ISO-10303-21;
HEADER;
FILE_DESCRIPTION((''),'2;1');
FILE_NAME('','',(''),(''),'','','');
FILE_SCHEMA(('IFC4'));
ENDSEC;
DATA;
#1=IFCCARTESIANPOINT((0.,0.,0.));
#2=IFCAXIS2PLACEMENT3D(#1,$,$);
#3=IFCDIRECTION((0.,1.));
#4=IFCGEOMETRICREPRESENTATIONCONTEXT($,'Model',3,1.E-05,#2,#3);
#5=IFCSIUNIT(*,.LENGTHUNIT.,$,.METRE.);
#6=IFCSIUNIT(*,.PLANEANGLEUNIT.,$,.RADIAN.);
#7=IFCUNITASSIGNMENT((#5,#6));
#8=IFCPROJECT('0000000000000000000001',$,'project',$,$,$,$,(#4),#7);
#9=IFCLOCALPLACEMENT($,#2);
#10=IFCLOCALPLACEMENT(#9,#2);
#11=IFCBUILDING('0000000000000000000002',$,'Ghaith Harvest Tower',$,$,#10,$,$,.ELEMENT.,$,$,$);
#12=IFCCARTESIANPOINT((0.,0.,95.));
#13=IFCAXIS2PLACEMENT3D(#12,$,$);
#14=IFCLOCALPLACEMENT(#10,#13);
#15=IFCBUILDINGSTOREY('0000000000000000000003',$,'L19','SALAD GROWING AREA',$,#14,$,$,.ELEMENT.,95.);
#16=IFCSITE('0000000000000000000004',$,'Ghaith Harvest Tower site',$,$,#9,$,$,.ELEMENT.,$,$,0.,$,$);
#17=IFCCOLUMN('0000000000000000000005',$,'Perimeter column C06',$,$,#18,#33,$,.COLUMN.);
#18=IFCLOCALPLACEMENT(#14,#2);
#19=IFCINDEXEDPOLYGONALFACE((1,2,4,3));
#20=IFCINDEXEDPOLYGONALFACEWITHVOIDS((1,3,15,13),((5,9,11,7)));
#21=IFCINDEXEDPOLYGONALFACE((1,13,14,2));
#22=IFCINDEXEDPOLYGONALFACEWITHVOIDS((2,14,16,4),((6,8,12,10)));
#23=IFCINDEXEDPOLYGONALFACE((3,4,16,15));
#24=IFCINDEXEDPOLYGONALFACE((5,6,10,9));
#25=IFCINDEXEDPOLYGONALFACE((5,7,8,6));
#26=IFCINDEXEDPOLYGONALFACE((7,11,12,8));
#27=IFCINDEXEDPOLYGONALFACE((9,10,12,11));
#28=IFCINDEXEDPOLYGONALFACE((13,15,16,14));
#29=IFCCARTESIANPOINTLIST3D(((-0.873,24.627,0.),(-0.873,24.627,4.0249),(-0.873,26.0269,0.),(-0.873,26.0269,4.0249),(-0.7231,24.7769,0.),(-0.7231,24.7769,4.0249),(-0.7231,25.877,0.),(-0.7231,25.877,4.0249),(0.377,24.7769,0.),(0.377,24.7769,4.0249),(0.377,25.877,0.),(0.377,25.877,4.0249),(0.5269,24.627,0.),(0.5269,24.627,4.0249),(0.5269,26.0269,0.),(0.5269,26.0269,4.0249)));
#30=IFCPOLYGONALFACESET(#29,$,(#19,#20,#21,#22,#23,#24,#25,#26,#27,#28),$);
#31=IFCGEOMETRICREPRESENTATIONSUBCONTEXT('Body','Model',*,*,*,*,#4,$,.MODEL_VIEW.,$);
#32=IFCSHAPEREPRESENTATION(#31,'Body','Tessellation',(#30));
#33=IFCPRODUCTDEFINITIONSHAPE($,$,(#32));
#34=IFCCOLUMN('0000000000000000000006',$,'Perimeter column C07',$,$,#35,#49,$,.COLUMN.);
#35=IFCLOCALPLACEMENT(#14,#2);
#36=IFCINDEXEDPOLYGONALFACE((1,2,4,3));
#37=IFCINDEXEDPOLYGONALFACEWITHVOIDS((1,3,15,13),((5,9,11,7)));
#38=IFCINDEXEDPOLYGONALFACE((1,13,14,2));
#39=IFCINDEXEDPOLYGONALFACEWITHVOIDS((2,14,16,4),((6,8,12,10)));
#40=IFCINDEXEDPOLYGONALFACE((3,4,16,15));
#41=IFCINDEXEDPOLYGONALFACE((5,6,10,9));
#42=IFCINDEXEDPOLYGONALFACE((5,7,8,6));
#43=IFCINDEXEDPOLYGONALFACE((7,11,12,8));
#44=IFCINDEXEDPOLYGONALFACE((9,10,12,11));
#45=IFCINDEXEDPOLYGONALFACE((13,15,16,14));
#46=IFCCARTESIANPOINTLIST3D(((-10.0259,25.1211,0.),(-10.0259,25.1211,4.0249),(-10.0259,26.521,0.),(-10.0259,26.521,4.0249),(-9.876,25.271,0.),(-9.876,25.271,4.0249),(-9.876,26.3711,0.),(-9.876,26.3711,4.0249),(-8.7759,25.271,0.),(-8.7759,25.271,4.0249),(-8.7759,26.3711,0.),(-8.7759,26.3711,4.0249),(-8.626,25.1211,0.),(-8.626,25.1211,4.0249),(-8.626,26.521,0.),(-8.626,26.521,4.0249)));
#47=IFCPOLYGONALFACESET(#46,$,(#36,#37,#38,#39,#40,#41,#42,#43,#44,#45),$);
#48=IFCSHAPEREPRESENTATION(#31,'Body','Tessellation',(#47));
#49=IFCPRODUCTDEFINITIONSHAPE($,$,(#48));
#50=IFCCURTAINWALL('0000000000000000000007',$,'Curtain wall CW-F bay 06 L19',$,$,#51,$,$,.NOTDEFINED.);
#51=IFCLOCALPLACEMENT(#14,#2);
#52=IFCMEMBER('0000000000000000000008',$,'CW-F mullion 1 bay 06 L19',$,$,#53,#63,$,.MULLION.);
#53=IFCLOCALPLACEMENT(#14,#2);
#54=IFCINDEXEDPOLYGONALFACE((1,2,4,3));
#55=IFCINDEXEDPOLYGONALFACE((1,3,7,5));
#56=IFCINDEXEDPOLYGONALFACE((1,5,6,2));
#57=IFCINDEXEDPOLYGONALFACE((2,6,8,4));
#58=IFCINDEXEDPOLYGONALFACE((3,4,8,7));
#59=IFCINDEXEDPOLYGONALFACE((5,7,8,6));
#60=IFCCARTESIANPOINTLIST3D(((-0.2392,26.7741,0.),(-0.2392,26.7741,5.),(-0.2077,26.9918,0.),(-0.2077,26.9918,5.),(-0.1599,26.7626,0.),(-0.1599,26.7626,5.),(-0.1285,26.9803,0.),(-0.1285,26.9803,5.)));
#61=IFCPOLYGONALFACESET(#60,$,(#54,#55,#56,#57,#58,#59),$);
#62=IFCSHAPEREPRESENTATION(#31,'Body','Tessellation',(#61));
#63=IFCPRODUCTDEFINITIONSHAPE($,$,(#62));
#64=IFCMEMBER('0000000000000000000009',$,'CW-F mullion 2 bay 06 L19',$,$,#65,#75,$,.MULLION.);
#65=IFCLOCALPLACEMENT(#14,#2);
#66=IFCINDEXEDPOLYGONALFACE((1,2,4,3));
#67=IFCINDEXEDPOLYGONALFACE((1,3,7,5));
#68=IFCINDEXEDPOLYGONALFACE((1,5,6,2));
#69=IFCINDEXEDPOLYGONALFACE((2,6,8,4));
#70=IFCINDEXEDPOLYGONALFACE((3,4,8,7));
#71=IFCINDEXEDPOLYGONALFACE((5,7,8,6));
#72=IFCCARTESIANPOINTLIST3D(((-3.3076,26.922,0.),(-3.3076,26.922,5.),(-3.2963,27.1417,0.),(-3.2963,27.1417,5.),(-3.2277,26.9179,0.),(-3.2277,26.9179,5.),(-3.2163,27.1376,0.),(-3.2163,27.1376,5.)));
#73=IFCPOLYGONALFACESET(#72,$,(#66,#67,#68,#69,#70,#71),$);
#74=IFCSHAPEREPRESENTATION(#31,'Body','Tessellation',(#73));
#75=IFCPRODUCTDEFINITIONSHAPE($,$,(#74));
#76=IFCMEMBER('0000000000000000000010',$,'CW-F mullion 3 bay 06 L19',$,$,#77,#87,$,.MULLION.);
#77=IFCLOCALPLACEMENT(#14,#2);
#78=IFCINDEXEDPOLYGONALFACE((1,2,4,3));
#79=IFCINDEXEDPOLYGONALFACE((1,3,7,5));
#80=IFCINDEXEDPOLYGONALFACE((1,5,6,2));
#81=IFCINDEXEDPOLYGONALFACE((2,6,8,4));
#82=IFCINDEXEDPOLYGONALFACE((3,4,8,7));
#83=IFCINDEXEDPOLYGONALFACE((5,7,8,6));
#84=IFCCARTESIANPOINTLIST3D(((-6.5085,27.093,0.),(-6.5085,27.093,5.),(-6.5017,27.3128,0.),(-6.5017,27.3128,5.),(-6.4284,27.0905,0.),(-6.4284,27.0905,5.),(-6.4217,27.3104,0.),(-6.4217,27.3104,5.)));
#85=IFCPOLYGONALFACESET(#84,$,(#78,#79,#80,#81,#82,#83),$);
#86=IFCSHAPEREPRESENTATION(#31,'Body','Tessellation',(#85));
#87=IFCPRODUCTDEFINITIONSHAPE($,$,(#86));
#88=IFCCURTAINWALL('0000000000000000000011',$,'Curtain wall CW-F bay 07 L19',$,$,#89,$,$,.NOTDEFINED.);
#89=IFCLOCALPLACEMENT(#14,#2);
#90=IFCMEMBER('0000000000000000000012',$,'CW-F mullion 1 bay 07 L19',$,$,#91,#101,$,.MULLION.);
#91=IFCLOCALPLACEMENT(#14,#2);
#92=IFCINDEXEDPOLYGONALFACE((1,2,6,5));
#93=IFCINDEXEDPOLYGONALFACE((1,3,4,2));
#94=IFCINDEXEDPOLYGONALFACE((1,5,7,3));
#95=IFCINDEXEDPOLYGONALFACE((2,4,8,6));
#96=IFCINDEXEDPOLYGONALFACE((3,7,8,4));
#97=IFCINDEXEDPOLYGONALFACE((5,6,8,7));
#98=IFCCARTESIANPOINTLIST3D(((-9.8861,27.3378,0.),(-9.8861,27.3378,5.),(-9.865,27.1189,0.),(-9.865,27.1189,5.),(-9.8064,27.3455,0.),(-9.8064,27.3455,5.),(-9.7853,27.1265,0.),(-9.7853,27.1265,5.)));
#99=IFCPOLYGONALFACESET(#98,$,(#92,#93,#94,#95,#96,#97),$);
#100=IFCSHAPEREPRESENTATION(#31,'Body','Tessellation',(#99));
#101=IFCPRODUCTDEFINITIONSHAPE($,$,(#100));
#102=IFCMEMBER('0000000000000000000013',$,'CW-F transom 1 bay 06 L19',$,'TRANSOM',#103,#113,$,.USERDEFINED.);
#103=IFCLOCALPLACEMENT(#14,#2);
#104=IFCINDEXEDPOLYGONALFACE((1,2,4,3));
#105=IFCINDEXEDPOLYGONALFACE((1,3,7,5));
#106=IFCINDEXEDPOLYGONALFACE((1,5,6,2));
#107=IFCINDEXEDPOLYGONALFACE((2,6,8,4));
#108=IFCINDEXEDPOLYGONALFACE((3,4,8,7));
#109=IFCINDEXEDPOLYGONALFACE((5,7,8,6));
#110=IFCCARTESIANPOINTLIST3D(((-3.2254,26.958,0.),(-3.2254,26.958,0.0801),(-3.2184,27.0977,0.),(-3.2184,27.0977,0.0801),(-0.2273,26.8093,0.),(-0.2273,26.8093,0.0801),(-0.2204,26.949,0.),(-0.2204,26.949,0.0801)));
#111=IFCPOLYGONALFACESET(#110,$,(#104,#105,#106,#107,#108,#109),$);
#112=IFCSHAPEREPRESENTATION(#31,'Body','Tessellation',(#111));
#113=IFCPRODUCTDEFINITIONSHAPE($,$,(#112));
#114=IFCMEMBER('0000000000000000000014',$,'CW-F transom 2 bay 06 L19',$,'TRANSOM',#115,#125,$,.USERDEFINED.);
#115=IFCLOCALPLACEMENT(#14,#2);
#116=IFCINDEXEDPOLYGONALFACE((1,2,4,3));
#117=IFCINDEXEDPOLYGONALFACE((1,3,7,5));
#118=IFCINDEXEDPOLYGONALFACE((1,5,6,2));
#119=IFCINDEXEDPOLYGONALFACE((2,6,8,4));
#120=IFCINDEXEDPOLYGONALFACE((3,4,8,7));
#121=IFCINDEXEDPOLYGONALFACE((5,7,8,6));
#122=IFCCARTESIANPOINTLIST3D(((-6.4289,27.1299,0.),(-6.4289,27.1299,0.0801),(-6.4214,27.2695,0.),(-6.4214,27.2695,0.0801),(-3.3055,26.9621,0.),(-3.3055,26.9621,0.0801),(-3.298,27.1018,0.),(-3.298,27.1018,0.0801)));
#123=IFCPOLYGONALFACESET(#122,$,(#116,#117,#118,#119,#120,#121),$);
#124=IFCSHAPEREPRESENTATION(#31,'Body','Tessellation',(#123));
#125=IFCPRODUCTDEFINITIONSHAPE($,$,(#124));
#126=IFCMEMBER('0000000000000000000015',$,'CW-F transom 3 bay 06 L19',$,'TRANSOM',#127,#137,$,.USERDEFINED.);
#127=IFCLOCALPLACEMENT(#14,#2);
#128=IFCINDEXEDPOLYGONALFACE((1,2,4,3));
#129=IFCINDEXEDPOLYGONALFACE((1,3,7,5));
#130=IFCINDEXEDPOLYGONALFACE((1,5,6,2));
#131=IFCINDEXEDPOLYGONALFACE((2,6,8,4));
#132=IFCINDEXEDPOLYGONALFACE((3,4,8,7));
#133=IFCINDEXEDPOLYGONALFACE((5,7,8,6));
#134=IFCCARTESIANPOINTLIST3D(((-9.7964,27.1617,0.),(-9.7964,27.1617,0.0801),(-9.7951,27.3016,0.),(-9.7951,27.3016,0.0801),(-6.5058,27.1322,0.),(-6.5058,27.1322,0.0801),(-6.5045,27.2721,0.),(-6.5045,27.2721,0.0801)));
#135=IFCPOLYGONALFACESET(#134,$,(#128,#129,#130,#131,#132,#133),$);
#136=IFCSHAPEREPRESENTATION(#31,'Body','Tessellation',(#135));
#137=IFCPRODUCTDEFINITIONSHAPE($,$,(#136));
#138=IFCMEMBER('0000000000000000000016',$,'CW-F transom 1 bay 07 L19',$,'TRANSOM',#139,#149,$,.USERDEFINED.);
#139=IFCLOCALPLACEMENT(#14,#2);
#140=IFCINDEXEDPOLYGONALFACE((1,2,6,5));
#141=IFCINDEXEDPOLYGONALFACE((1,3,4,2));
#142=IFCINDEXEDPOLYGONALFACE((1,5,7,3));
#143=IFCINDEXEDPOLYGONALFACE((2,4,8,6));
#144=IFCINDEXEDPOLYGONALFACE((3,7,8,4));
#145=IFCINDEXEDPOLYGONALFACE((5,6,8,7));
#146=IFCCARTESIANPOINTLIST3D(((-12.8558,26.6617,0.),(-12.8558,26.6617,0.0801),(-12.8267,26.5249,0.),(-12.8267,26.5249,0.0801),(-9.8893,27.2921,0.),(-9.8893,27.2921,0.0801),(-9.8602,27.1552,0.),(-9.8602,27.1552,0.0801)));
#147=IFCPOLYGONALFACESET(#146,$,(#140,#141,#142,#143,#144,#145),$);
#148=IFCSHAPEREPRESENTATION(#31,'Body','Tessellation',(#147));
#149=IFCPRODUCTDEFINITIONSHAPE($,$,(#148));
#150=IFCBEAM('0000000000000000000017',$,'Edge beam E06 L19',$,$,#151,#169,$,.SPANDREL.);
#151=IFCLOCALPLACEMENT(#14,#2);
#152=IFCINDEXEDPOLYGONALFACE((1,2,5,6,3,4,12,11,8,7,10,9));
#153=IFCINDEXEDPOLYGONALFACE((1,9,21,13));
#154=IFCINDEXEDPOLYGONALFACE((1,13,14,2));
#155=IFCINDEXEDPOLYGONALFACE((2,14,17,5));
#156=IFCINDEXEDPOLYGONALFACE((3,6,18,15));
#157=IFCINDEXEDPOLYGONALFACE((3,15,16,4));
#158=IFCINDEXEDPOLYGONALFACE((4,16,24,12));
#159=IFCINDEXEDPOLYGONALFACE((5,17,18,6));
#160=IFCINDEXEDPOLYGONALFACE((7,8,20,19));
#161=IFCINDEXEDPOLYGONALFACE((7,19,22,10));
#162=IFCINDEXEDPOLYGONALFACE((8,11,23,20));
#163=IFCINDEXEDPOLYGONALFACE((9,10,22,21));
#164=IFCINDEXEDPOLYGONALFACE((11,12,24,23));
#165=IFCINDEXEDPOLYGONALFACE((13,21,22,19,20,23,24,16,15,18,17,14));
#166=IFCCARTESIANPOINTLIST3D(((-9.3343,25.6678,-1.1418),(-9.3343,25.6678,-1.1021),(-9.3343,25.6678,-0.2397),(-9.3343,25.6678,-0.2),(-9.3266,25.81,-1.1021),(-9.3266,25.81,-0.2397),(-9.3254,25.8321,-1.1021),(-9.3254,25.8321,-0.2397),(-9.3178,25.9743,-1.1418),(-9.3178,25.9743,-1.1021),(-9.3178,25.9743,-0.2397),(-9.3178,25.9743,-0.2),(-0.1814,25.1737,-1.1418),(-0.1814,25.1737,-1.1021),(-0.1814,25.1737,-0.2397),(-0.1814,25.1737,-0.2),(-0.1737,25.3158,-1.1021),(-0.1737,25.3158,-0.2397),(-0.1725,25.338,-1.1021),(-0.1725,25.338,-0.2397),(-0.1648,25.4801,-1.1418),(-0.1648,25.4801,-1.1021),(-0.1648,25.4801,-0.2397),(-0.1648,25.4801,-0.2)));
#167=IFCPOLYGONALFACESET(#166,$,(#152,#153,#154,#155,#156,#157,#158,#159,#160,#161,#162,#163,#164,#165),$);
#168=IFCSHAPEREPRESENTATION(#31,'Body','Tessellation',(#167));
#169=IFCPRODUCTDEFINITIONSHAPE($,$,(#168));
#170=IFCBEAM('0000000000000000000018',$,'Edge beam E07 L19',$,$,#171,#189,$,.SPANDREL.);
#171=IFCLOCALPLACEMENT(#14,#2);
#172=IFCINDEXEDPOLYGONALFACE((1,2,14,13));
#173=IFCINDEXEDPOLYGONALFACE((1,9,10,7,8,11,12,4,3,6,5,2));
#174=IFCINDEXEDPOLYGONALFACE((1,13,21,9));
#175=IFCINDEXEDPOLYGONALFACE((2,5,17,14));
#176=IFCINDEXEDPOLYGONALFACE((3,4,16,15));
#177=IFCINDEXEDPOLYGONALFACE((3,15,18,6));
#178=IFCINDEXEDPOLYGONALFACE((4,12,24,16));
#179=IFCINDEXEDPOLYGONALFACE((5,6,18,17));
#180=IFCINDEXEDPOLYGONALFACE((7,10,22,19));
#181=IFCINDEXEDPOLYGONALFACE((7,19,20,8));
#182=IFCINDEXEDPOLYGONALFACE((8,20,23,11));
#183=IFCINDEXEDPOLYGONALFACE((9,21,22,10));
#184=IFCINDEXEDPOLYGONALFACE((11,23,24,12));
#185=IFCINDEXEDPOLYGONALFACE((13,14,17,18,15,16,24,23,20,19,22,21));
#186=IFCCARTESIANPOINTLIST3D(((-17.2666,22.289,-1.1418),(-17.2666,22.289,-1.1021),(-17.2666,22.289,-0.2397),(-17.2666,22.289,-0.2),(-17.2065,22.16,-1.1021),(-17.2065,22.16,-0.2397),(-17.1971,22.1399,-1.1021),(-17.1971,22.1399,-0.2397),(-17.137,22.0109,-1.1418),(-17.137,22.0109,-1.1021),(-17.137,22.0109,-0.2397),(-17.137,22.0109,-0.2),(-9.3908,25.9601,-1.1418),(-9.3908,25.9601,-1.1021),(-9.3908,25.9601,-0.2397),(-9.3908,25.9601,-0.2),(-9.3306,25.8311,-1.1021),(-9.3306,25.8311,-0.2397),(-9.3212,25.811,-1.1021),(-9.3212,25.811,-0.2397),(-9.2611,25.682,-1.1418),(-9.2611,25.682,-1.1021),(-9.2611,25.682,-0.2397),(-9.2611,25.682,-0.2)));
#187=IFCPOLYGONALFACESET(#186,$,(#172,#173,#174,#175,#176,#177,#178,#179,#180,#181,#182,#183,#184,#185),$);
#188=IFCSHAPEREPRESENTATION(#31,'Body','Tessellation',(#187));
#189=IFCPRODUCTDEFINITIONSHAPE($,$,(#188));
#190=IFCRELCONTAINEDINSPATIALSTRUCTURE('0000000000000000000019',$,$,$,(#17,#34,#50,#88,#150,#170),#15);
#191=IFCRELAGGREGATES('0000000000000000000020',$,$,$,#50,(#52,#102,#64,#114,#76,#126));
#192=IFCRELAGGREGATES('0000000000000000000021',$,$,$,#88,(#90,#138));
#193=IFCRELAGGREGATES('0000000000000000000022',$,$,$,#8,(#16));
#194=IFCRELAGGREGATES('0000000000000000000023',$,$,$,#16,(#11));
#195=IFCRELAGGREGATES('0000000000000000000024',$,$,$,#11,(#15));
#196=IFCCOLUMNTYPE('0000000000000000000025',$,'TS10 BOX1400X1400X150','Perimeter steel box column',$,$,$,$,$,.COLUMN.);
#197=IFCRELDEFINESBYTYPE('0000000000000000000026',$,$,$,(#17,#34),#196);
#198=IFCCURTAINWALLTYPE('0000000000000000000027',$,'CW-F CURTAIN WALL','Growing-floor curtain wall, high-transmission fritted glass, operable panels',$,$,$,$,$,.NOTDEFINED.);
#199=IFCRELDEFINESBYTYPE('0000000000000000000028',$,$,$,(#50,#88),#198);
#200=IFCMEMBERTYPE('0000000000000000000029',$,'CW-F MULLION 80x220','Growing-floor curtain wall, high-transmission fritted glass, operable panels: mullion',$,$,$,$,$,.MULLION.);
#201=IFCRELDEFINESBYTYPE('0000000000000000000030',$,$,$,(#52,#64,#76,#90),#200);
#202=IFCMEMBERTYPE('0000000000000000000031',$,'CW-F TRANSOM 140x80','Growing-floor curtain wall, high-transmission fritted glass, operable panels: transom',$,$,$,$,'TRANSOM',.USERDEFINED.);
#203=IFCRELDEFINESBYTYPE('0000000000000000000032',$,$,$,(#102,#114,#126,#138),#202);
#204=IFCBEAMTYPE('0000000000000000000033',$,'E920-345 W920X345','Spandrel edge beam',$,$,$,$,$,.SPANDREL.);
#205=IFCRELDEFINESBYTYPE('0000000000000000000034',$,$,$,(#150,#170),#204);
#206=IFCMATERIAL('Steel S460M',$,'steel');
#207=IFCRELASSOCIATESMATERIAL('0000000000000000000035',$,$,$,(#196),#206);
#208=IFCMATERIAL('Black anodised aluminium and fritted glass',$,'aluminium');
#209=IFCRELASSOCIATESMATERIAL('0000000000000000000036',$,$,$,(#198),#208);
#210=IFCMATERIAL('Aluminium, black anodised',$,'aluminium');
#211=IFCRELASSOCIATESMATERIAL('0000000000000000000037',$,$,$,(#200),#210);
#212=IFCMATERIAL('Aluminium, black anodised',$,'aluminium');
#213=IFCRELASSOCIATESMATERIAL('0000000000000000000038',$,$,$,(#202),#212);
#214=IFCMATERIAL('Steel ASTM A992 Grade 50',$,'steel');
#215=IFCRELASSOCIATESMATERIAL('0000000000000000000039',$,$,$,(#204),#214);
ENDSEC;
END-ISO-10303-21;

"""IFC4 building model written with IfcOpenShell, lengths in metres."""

from ifc_helpers import new_model, si_unit, direction, frame, origin, origin_2d, place, context, subcontext, project, spatial, rectangle, hollow_rectangle, i_section, extrude, material, material_profile, profile_set, type_object, element, aggregate, save


model = new_model("IFC4")

# Units and contexts
model_context = context("Model", 3, precision=1e-05, world=origin(), true_north=direction((0.0, 1.0)))
body_context = subcontext(model_context, "Body", "Model", "MODEL_VIEW")
ifc_project = project(units=[si_unit("LENGTHUNIT", "METRE"), si_unit("PLANEANGLEUNIT", "RADIAN")], contexts=[model_context])

# Site, building, storey
site_placement = place(None, origin())
site = spatial("IfcSite", under=ifc_project, at=site_placement, Name="Ghaith Harvest Tower site", CompositionType="ELEMENT", RefElevation=0.0)
building_placement = place(site_placement, origin())
building = spatial("IfcBuilding", under=site, at=building_placement, Name="Ghaith Harvest Tower", CompositionType="ELEMENT")
storey_placement = place(building_placement, frame((0.0, 0.0, 95.0)))
storey = spatial("IfcBuildingStorey", under=building, at=storey_placement, Name="L19", Description="SALAD GROWING AREA", CompositionType="ELEMENT", Elevation=95.0)

# Columns
ifc_material_1 = material(Name="Steel S460M", Category="steel")
ifc_material_profile_1 = material_profile(ifc_material_1, hollow_rectangle(XDim=1.3999, YDim=1.3999, WallThickness=0.1499, at=origin_2d()), Name="BOX1400X1400X150")
ifc_profile_set_1 = profile_set([ifc_material_profile_1], Name="Steel S460M")
column_type = type_object("IfcColumnType", Name="TS10 BOX1400X1400X150", Description="Perimeter steel box column", PredefinedType="COLUMN", material=ifc_profile_set_1)
for number, where, z_axis, x_axis, name in (
    (1, (-0.1731, 25.3269, 0.0), (0.0, 0.0, 1.0), (1.0, 0.0, 0.0), "Perimeter column C06"),
    (2, (-9.3259, 25.821, 0.0), (0.0, 0.0, 1.0), (1.0, 0.0, 0.0), "Perimeter column C07"),
):
    element("IfcColumn", number, at=place(storey_placement, frame(where, z_axis=z_axis, x_axis=x_axis)), inside=storey, type_object=column_type, Name=name, PredefinedType="COLUMN", context=body_context, shape_type="SweptSolid", body=[
        extrude(hollow_rectangle(XDim=1.3999, YDim=1.3999, WallThickness=0.1499, at=origin_2d()), origin(), (0.0, 0.0, 1.0), 4.0249),
    ])

# Curtain wall, members
ifc_material_2 = material(Name="Black anodised aluminium and fritted glass", Category="aluminium")
curtain_wall_type = type_object("IfcCurtainWallType", Name="CW-F CURTAIN WALL", Description="Growing-floor curtain wall, high-transmission fritted glass, operable panels", PredefinedType="NOTDEFINED", material=ifc_material_2)
curtain_wall_1_placement = place(storey_placement, origin())
curtain_wall_1 = element("IfcCurtainWall", 3, at=curtain_wall_1_placement, inside=storey, type_object=curtain_wall_type, Name="Curtain wall CW-F bay 06 L19", PredefinedType="NOTDEFINED")
ifc_material_3 = material(Name="Aluminium, black anodised", Category="aluminium")
ifc_material_profile_2 = material_profile(ifc_material_3, rectangle(XDim=0.0801, YDim=0.22, at=origin_2d()), Name="CW-F MULLION 80x220")
ifc_profile_set_2 = profile_set([ifc_material_profile_2], Name="Aluminium, black anodised")
member_type_1 = type_object("IfcMemberType", Name="CW-F MULLION 80x220", Description="Growing-floor curtain wall, high-transmission fritted glass, operable panels: mullion", PredefinedType="MULLION", material=ifc_profile_set_2)
member_1_placement = place(storey_placement, frame((-0.1838, 26.8772, 0.0), z_axis=(0.0, 0.0, 1.0), x_axis=(-0.989712, 0.143075, 0.0)))
member_1 = element("IfcMember", 4, at=member_1_placement, type_object=member_type_1, Name="CW-F mullion 1 bay 06 L19", PredefinedType="MULLION", context=body_context, shape_type="SweptSolid", body=[
    extrude(rectangle(XDim=0.0801, YDim=0.22, at=origin_2d()), origin(), (0.0, 0.0, 1.0), 5.0),
])
member_2_placement = place(storey_placement, frame((-3.262, 27.0298, 0.0), z_axis=(0.0, 0.0, 1.0), x_axis=(-0.998667, 0.051618, 0.0)))
member_2 = element("IfcMember", 5, at=member_2_placement, type_object=member_type_1, Name="CW-F mullion 2 bay 06 L19", PredefinedType="MULLION", context=body_context, shape_type="SweptSolid", body=[
    extrude(rectangle(XDim=0.0801, YDim=0.22, at=origin_2d()), origin(), (0.0, 0.0, 1.0), 5.0),
])
member_3_placement = place(storey_placement, frame((-6.4651, 27.2017, 0.0), z_axis=(0.0, 0.0, 1.0), x_axis=(-0.999527, 0.03075, 0.0)))
member_3 = element("IfcMember", 6, at=member_3_placement, type_object=member_type_1, Name="CW-F mullion 3 bay 06 L19", PredefinedType="MULLION", context=body_context, shape_type="SweptSolid", body=[
    extrude(rectangle(XDim=0.0801, YDim=0.22, at=origin_2d()), origin(), (0.0, 0.0, 1.0), 5.0),
])

# Curtain wall, member
curtain_wall_2_placement = place(storey_placement, origin())
curtain_wall_2 = element("IfcCurtainWall", 7, at=curtain_wall_2_placement, inside=storey, type_object=curtain_wall_type, Name="Curtain wall CW-F bay 07 L19", PredefinedType="NOTDEFINED")
member_4_placement = place(storey_placement, frame((-9.8357, 27.2322, 0.0), z_axis=(0.0, 0.0, 1.0), x_axis=(-0.995408, -0.095718, 0.0)))
member_4 = element("IfcMember", 8, at=member_4_placement, type_object=member_type_1, Name="CW-F mullion 1 bay 07 L19", PredefinedType="MULLION", context=body_context, shape_type="SweptSolid", body=[
    extrude(rectangle(XDim=0.0801, YDim=0.22, at=origin_2d()), origin(), (0.0, 0.0, 1.0), 5.0),
])

# Members
ifc_material_4 = material(Name="Aluminium, black anodised", Category="aluminium")
ifc_material_profile_3 = material_profile(ifc_material_4, rectangle(XDim=0.1399, YDim=0.0801, at=origin_2d()), Name="CW-F TRANSOM 140x80")
ifc_profile_set_3 = profile_set([ifc_material_profile_3], Name="Aluminium, black anodised")
member_type_2 = type_object("IfcMemberType", Name="CW-F TRANSOM 140x80", Description="Growing-floor curtain wall, high-transmission fritted glass, operable panels: transom", ElementType="TRANSOM", PredefinedType="USERDEFINED", material=ifc_profile_set_3)
member_5_placement = place(storey_placement, frame((-0.2239, 26.8792, 0.04), z_axis=(-0.998773, 0.049532, 0.0), x_axis=(-0.049532, -0.998773, 0.0)))
member_5 = element("IfcMember", 9, at=member_5_placement, type_object=member_type_2, Name="CW-F transom 1 bay 06 L19", ObjectType="TRANSOM", PredefinedType="USERDEFINED", context=body_context, shape_type="SweptSolid", body=[
    extrude(rectangle(XDim=0.1399, YDim=0.0801, at=origin_2d()), origin(), (0.0, 0.0, 1.0), 3.0017),
])
member_6_placement = place(storey_placement, frame((-3.3018, 27.032, 0.04), z_axis=(-0.998561, 0.05362, 0.0), x_axis=(-0.05362, -0.998561, 0.0)))
member_6 = element("IfcMember", 10, at=member_6_placement, type_object=member_type_2, Name="CW-F transom 2 bay 06 L19", ObjectType="TRANSOM", PredefinedType="USERDEFINED", context=body_context, shape_type="SweptSolid", body=[
    extrude(rectangle(XDim=0.1399, YDim=0.0801, at=origin_2d()), origin(), (0.0, 0.0, 1.0), 3.1279),
])
member_7_placement = place(storey_placement, frame((-6.5051, 27.2021, 0.04), z_axis=(-0.99996, 0.008977, 0.0), x_axis=(-0.008977, -0.99996, 0.0)))
member_7 = element("IfcMember", 11, at=member_7_placement, type_object=member_type_2, Name="CW-F transom 3 bay 06 L19", ObjectType="TRANSOM", PredefinedType="USERDEFINED", context=body_context, shape_type="SweptSolid", body=[
    extrude(rectangle(XDim=0.1399, YDim=0.0801, at=origin_2d()), origin(), (0.0, 0.0, 1.0), 3.2908),
])
member_8_placement = place(storey_placement, frame((-9.8748, 27.2236, 0.04), z_axis=(-0.97816, -0.207852, 0.0), x_axis=(0.207852, -0.97816, 0.0)))
member_8 = element("IfcMember", 12, at=member_8_placement, type_object=member_type_2, Name="CW-F transom 1 bay 07 L19", ObjectType="TRANSOM", PredefinedType="USERDEFINED", context=body_context, shape_type="SweptSolid", body=[
    extrude(rectangle(XDim=0.1399, YDim=0.0801, at=origin_2d()), origin(), (0.0, 0.0, 1.0), 3.0327),
])

# Beams
ifc_material_5 = material(Name="Steel ASTM A992 Grade 50", Category="steel")
ifc_material_profile_4 = material_profile(ifc_material_5, i_section(OverallWidth=0.3069, OverallDepth=0.9419, WebThickness=0.0222, FlangeThickness=0.0398, at=origin_2d()), Name="W920X345")
ifc_profile_set_4 = profile_set([ifc_material_profile_4], Name="Steel ASTM A992 Grade 50")
beam_type_1 = type_object("IfcBeamType", Name="E920-345 W920X345", Description="Spandrel edge beam", PredefinedType="SPANDREL", material=ifc_profile_set_4)
beam_1_placement = place(storey_placement, frame((-0.1731, 25.3269, -0.6709), z_axis=(-0.998546, 0.053909, 0.0), x_axis=(-0.053909, -0.998546, 0.0)))
element("IfcBeam", 13, at=beam_1_placement, inside=storey, type_object=beam_type_1, Name="Edge beam E06 L19", PredefinedType="SPANDREL", context=body_context, shape_type="SweptSolid", body=[
    extrude(i_section(OverallWidth=0.3069, OverallDepth=0.9419, WebThickness=0.0222, FlangeThickness=0.0398, at=origin_2d()), origin(), (0.0, 0.0, 1.0), 9.1663),
])
beam_2_placement = place(storey_placement, frame((-9.3259, 25.821, -0.6709), z_axis=(-0.906373, -0.422478, 0.0), x_axis=(0.422478, -0.906373, 0.0)))
element("IfcBeam", 14, at=beam_2_placement, inside=storey, type_object=beam_type_1, Name="Edge beam E07 L19", PredefinedType="SPANDREL", context=body_context, shape_type="SweptSolid", body=[
    extrude(i_section(OverallWidth=0.3069, OverallDepth=0.9419, WebThickness=0.0222, FlangeThickness=0.0398, at=origin_2d()), origin(), (0.0, 0.0, 1.0), 8.6895),
])

aggregate(curtain_wall_1, [member_1, member_5, member_2, member_6, member_3, member_7])
aggregate(curtain_wall_2, [member_4, member_8])

save(model, "model.ifc")
